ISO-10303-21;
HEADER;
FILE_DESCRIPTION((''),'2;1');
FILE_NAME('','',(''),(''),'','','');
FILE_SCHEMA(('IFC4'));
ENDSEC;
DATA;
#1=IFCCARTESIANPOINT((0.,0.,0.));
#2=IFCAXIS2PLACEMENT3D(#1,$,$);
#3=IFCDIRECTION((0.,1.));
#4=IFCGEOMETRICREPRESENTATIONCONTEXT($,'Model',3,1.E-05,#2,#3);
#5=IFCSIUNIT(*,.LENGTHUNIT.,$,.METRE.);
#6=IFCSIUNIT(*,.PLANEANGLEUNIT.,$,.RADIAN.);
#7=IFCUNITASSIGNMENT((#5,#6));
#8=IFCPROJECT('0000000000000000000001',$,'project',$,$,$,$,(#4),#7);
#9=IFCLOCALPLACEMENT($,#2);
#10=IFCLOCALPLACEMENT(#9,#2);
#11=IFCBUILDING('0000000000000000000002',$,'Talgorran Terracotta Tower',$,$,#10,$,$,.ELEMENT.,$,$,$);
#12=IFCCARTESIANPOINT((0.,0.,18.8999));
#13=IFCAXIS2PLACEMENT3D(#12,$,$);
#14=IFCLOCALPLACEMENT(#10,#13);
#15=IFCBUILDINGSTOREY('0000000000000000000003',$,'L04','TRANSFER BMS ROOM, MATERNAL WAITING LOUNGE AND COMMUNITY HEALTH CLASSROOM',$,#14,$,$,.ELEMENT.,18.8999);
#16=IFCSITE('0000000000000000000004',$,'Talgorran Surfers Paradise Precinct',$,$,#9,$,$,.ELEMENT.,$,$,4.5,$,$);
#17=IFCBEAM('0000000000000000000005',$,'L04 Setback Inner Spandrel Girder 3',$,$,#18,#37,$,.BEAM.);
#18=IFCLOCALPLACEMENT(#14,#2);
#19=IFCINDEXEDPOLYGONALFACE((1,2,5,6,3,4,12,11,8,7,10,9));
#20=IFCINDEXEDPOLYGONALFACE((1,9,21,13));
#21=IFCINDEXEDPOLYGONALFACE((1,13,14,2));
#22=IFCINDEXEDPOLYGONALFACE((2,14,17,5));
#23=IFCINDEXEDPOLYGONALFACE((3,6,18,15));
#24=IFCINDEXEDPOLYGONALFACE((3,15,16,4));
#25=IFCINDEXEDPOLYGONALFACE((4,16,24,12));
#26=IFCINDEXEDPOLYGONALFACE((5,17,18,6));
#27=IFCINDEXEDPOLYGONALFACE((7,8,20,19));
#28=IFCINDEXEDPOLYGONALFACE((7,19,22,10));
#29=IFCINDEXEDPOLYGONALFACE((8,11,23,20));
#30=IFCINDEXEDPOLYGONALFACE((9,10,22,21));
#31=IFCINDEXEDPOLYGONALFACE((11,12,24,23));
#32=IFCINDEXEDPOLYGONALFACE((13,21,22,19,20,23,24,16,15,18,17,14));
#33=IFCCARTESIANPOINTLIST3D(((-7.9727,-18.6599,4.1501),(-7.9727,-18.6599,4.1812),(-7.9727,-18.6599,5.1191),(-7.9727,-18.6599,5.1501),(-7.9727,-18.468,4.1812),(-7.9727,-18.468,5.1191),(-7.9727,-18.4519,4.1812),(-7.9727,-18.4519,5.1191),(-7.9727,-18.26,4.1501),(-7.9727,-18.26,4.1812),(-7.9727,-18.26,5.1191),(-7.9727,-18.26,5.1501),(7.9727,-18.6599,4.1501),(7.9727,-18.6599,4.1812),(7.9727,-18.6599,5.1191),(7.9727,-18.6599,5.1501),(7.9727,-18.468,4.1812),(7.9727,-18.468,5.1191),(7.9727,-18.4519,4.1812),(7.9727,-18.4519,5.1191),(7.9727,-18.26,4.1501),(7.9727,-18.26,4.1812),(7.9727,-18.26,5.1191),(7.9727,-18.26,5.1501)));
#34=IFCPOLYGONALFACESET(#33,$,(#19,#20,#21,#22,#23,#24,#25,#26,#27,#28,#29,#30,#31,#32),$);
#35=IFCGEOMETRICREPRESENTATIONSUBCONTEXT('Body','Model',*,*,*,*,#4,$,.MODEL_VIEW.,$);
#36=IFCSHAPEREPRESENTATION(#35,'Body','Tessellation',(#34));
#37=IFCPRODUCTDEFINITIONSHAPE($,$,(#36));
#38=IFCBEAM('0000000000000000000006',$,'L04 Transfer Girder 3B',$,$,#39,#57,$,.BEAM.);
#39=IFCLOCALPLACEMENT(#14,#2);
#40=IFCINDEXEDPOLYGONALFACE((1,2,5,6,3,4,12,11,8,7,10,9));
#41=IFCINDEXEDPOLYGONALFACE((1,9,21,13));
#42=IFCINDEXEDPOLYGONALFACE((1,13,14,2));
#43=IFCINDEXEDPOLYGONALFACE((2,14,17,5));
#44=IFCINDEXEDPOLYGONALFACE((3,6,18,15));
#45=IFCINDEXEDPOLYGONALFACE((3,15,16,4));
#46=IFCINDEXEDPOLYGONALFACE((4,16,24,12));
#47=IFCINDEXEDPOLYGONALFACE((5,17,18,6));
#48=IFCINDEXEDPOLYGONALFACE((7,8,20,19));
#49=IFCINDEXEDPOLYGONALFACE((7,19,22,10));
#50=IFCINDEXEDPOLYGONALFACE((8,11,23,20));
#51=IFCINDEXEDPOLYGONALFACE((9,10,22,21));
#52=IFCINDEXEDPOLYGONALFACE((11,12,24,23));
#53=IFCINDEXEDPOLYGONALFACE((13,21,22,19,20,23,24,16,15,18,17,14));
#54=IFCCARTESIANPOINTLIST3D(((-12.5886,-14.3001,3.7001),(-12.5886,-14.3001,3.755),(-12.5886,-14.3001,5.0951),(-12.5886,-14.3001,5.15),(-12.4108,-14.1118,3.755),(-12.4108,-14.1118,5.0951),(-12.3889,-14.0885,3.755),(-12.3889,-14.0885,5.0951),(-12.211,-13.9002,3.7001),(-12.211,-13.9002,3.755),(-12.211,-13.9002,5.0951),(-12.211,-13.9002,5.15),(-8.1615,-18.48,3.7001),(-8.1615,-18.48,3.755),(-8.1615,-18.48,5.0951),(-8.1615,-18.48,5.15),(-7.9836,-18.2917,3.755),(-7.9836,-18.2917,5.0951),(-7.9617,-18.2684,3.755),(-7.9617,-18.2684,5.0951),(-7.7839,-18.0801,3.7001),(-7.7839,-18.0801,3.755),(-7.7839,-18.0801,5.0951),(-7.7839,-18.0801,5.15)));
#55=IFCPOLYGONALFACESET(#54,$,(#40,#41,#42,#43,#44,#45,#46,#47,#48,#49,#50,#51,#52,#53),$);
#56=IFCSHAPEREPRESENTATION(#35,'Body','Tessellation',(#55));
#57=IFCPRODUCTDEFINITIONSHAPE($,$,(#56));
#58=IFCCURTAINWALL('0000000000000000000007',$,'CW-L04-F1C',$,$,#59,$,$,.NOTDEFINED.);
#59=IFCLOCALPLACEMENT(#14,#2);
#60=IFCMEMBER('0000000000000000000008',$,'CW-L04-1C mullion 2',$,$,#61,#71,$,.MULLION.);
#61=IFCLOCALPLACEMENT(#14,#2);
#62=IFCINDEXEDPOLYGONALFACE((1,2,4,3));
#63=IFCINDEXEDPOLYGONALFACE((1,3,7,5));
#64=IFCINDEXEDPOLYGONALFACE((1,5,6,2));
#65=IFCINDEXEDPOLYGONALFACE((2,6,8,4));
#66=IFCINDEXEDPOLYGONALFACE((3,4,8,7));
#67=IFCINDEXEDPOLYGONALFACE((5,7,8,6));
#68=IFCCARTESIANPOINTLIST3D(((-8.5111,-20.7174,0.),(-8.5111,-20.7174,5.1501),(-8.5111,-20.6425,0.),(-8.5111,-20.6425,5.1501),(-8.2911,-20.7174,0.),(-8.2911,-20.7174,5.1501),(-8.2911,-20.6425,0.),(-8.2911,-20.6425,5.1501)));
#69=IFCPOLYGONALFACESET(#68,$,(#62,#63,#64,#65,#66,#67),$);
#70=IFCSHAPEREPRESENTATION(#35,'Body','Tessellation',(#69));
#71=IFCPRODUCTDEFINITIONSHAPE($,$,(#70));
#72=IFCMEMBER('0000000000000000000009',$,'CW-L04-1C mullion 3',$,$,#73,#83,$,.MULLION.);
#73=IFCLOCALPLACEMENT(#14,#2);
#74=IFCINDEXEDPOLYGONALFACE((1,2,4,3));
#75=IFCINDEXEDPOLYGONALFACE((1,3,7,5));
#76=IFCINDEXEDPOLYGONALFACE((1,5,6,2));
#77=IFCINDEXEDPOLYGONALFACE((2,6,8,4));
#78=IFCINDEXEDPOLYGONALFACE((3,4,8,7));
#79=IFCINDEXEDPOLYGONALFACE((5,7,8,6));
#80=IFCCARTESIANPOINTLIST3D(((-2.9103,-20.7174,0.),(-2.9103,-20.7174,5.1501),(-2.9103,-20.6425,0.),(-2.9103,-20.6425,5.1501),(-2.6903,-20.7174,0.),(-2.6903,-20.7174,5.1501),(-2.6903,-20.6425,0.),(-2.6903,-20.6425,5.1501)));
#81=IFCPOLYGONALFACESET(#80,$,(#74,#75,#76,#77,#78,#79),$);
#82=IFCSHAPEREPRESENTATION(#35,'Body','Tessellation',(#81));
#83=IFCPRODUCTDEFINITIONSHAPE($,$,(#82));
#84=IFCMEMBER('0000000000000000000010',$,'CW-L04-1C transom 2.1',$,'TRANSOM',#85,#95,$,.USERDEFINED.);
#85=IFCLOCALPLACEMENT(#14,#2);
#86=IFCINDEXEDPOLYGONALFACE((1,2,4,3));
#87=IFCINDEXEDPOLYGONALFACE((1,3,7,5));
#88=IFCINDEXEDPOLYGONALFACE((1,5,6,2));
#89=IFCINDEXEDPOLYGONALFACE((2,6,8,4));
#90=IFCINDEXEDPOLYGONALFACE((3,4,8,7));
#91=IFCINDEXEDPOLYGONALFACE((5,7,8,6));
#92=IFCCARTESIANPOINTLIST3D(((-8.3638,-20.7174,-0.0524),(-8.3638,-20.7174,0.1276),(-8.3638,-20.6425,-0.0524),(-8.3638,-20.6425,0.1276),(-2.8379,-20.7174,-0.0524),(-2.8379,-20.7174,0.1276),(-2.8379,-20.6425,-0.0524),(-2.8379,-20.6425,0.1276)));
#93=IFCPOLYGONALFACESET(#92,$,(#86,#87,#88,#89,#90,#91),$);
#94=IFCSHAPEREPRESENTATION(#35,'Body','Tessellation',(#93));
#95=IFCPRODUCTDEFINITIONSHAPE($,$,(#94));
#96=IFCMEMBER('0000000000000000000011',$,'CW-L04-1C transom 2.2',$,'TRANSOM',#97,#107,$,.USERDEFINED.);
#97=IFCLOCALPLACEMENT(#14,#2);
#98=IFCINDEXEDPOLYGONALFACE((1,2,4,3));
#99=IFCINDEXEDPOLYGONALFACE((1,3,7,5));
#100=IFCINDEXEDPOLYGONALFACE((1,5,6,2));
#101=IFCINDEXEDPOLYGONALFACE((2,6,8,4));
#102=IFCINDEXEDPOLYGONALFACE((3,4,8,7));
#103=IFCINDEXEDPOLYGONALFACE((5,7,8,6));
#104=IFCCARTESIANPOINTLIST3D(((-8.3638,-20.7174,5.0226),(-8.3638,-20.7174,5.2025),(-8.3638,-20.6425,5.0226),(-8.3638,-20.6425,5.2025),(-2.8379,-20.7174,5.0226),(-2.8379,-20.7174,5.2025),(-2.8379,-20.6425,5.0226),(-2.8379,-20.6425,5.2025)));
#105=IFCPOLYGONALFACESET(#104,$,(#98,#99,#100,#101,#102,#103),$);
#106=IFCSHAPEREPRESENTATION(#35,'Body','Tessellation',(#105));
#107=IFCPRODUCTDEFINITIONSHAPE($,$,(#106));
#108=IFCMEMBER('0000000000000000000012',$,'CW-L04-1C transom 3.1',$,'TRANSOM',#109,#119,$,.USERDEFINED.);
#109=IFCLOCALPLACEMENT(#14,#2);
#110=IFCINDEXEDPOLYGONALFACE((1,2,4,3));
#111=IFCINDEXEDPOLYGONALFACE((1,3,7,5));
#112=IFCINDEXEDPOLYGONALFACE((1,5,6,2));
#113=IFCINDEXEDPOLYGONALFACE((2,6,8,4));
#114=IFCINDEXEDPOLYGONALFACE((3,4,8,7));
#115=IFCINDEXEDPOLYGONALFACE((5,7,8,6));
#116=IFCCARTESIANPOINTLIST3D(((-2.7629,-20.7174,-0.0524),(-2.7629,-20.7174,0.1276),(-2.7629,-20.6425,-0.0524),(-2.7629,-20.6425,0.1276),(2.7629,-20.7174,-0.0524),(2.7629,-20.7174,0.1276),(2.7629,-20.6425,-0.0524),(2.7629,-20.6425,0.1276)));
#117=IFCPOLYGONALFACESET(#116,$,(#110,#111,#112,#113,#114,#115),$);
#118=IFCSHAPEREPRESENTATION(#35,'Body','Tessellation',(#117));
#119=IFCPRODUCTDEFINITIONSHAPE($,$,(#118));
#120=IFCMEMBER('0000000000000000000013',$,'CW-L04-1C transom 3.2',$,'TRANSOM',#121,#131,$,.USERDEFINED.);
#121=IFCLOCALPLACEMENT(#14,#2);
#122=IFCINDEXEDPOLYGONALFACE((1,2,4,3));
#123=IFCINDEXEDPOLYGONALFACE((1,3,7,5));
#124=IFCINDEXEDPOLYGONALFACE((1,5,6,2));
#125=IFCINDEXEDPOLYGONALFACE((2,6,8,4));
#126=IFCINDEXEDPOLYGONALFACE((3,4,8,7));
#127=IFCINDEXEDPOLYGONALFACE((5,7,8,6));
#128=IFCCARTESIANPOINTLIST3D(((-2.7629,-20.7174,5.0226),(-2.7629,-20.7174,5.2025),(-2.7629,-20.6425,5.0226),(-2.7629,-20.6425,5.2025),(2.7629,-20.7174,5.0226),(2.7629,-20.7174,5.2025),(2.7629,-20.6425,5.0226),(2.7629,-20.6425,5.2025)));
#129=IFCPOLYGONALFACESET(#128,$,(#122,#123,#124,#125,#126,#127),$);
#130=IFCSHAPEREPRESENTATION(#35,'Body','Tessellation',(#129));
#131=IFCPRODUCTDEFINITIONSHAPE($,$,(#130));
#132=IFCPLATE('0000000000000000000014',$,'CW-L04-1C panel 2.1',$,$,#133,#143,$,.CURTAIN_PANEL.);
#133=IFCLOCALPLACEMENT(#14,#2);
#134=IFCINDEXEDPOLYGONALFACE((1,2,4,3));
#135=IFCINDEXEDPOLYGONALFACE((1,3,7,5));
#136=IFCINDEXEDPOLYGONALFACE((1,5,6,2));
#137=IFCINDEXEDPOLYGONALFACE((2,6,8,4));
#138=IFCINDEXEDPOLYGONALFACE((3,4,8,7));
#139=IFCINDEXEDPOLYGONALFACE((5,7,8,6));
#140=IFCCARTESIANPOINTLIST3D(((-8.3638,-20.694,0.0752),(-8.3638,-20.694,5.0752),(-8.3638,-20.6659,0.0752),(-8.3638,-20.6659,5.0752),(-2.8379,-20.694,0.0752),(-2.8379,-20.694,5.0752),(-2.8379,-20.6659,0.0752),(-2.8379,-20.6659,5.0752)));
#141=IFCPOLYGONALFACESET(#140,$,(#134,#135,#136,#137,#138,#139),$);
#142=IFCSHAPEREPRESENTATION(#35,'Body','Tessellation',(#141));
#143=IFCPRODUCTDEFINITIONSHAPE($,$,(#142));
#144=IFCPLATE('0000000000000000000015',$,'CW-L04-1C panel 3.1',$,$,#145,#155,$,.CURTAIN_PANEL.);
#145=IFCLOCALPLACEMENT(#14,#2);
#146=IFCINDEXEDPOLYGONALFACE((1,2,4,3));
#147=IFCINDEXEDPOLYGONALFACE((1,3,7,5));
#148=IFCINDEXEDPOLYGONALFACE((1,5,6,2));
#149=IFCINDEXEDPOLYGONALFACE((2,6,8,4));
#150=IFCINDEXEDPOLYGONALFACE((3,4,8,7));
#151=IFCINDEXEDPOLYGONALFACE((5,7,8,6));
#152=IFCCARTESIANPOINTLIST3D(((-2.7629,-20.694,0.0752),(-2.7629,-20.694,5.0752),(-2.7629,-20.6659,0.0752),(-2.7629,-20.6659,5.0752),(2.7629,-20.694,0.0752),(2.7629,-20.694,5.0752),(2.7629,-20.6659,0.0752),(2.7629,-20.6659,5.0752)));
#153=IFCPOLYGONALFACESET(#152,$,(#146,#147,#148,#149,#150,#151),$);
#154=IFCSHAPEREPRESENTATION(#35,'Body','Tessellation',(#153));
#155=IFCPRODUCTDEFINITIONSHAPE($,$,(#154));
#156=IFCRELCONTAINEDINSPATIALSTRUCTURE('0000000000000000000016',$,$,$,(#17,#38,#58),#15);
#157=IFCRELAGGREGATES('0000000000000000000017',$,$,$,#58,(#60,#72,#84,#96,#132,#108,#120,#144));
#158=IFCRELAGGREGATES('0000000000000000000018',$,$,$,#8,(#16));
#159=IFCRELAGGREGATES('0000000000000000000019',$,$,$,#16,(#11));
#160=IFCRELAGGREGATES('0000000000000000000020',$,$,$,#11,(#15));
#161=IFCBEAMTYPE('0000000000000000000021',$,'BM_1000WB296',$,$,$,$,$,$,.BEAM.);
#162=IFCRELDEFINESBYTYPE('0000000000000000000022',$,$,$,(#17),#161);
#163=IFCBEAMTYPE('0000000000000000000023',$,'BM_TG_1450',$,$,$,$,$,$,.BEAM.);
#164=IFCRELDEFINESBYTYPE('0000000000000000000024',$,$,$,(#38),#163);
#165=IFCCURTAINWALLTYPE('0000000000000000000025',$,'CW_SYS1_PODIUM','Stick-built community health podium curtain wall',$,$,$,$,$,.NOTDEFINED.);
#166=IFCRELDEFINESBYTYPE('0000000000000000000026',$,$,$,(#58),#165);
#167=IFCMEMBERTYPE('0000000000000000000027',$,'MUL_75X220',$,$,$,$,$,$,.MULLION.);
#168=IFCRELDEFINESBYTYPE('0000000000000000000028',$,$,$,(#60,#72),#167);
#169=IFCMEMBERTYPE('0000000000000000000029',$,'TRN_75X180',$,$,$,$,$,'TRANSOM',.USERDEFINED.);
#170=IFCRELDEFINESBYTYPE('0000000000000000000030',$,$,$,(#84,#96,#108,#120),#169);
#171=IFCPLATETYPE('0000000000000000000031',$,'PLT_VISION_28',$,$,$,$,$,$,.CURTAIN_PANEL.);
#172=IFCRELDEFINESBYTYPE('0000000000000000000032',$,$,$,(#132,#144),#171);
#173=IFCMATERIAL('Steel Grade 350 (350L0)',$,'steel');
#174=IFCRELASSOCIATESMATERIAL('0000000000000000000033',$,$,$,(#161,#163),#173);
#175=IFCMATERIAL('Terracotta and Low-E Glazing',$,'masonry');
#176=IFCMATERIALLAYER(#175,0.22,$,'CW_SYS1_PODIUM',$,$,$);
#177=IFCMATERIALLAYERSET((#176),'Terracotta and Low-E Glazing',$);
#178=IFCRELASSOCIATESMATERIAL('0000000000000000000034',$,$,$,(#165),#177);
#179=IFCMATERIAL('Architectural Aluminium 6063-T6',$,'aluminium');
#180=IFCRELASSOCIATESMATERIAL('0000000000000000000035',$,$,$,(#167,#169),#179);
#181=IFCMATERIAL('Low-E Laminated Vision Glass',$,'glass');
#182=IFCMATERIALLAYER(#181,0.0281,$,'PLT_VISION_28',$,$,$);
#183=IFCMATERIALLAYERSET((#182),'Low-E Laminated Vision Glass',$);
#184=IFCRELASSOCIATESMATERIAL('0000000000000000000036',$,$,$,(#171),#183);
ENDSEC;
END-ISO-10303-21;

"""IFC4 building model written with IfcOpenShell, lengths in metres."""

from ifc_helpers import new_model, si_unit, direction, frame, origin, origin_2d, place, context, subcontext, project, spatial, rectangle, i_section, extrude, source, transform, mapped, material, layer, layer_set, material_profile, profile_set, type_object, type_shapes, element, aggregate, save


model = new_model("IFC4")

# Units and contexts
model_context = context("Model", 3, precision=1e-05, world=origin(), true_north=direction((0.0, 1.0)))
body_context = subcontext(model_context, "Body", "Model", "MODEL_VIEW")
ifc_project = project(units=[si_unit("LENGTHUNIT", "METRE"), si_unit("PLANEANGLEUNIT", "RADIAN")], contexts=[model_context])

# Site, building, storey
site_placement = place(None, origin())
site = spatial("IfcSite", under=ifc_project, at=site_placement, Name="Talgorran Surfers Paradise Precinct", CompositionType="ELEMENT", RefElevation=4.5)
building_placement = place(site_placement, origin())
building = spatial("IfcBuilding", under=site, at=building_placement, Name="Talgorran Terracotta Tower", CompositionType="ELEMENT")
storey_placement = place(building_placement, frame((0.0, 0.0, 18.8999)))
storey = spatial("IfcBuildingStorey", under=building, at=storey_placement, Name="L04", Description="TRANSFER BMS ROOM, MATERNAL WAITING LOUNGE AND COMMUNITY HEALTH CLASSROOM", CompositionType="ELEMENT", Elevation=18.8999)

# Beams
ifc_material_1 = material(Name="Steel Grade 350 (350L0)", Category="steel")
ifc_material_profile_1 = material_profile(ifc_material_1, i_section(OverallWidth=0.3999, OverallDepth=1.0, WebThickness=0.0161, FlangeThickness=0.031, at=origin_2d()), Name="1000WB296")
ifc_profile_set_1 = profile_set([ifc_material_profile_1], Name="Steel Grade 350 (350L0)")
beam_type_1 = type_object("IfcBeamType", Name="BM_1000WB296", PredefinedType="BEAM", material=ifc_profile_set_1)
beam_1_placement = place(storey_placement, frame((-7.9727, -18.46, 4.6501), z_axis=(1.0, 0.0, 0.0), x_axis=(0.0, 1.0, 0.0)))
element("IfcBeam", 1, at=beam_1_placement, inside=storey, type_object=beam_type_1, Name="L04 Setback Inner Spandrel Girder 3", PredefinedType="BEAM", context=body_context, shape_type="SweptSolid", body=[
    extrude(i_section(OverallWidth=0.3999, OverallDepth=1.0, WebThickness=0.0161, FlangeThickness=0.031, at=origin_2d()), origin(), (0.0, 0.0, 1.0), 15.9453),
])
ifc_material_profile_2 = material_profile(ifc_material_1, i_section(OverallWidth=0.55, OverallDepth=1.45, WebThickness=0.032, FlangeThickness=0.0549, at=origin_2d()), Name="TG1450X550")
ifc_profile_set_2 = profile_set([ifc_material_profile_2], Name="Steel Grade 350 (350L0)")
beam_type_2 = type_object("IfcBeamType", Name="BM_TG_1450", PredefinedType="BEAM", material=ifc_profile_set_2)
beam_2_placement = place(storey_placement, frame((-7.9727, -18.28, 4.425), z_axis=(-0.727124, 0.686506, 0.0), x_axis=(-0.686506, -0.727124, 0.0)))
element("IfcBeam", 2, at=beam_2_placement, inside=storey, type_object=beam_type_2, Name="L04 Transfer Girder 3B", PredefinedType="BEAM", context=body_context, shape_type="SweptSolid", body=[
    extrude(i_section(OverallWidth=0.55, OverallDepth=1.45, WebThickness=0.032, FlangeThickness=0.0549, at=origin_2d()), origin(), (0.0, 0.0, 1.0), 6.0886),
])

# Curtain wall, members, plates
ifc_material_2 = material(Name="Terracotta and Low-E Glazing", Category="masonry")
ifc_layer_1 = layer(ifc_material_2, 0.22, Name="CW_SYS1_PODIUM")
ifc_layer_set_1 = layer_set([ifc_layer_1], Name="Terracotta and Low-E Glazing")
curtain_wall_type = type_object("IfcCurtainWallType", Name="CW_SYS1_PODIUM", Description="Stick-built community health podium curtain wall", PredefinedType="NOTDEFINED", material=ifc_layer_set_1)
curtain_wall_placement = place(storey_placement, origin())
curtain_wall = element("IfcCurtainWall", 3, at=curtain_wall_placement, inside=storey, type_object=curtain_wall_type, Name="CW-L04-F1C", PredefinedType="NOTDEFINED")
ifc_material_3 = material(Name="Architectural Aluminium 6063-T6", Category="aluminium")
ifc_material_profile_3 = material_profile(ifc_material_3, rectangle(XDim=0.075, YDim=0.22, at=origin_2d()), Name="CWM75X220")
ifc_profile_set_3 = profile_set([ifc_material_profile_3], Name="Architectural Aluminium 6063-T6")
member_type_1 = type_object("IfcMemberType", Name="MUL_75X220", PredefinedType="MULLION", material=ifc_profile_set_3)
member_1_placement = place(storey_placement, frame((-8.4011, -20.6799, 0.0), z_axis=(0.0, 0.0, 1.0), x_axis=(0.0, 1.0, 0.0)))
member_1 = element("IfcMember", 4, at=member_1_placement, type_object=member_type_1, Name="CW-L04-1C mullion 2", PredefinedType="MULLION", context=body_context, shape_type="SweptSolid", body=[
    extrude(rectangle(XDim=0.075, YDim=0.22, at=origin_2d()), origin(), (0.0, 0.0, 1.0), 5.1501),
])
member_2_placement = place(storey_placement, frame((-2.8003, -20.6799, 0.0), z_axis=(0.0, 0.0, 1.0), x_axis=(0.0, 1.0, 0.0)))
member_2 = element("IfcMember", 5, at=member_2_placement, type_object=member_type_1, Name="CW-L04-1C mullion 3", PredefinedType="MULLION", context=body_context, shape_type="SweptSolid", body=[
    extrude(rectangle(XDim=0.075, YDim=0.22, at=origin_2d()), origin(), (0.0, 0.0, 1.0), 5.1501),
])
ifc_material_profile_4 = material_profile(ifc_material_3, rectangle(XDim=0.075, YDim=0.1799, at=origin_2d()), Name="CWT75X180")
ifc_profile_set_4 = profile_set([ifc_material_profile_4], Name="Architectural Aluminium 6063-T6")
member_type_2 = type_object("IfcMemberType", Name="TRN_75X180", ElementType="TRANSOM", PredefinedType="USERDEFINED", material=ifc_profile_set_4)
member_3_placement = place(storey_placement, frame((-8.3638, -20.6799, 0.0376), z_axis=(1.0, 0.0, 0.0), x_axis=(0.0, 1.0, 0.0)))
member_3 = element("IfcMember", 6, at=member_3_placement, type_object=member_type_2, Name="CW-L04-1C transom 2.1", ObjectType="TRANSOM", PredefinedType="USERDEFINED", context=body_context, shape_type="SweptSolid", body=[
    extrude(rectangle(XDim=0.075, YDim=0.1799, at=origin_2d()), origin(), (0.0, 0.0, 1.0), 5.5259),
])
member_4_placement = place(storey_placement, frame((-8.3638, -20.6799, 5.1125), z_axis=(1.0, 0.0, 0.0), x_axis=(0.0, 1.0, 0.0)))
member_4 = element("IfcMember", 7, at=member_4_placement, type_object=member_type_2, Name="CW-L04-1C transom 2.2", ObjectType="TRANSOM", PredefinedType="USERDEFINED", context=body_context, shape_type="SweptSolid", body=[
    extrude(rectangle(XDim=0.075, YDim=0.1799, at=origin_2d()), origin(), (0.0, 0.0, 1.0), 5.5259),
])
member_5_placement = place(storey_placement, frame((-2.7629, -20.6799, 0.0376), z_axis=(1.0, 0.0, 0.0), x_axis=(0.0, 1.0, 0.0)))
member_5 = element("IfcMember", 8, at=member_5_placement, type_object=member_type_2, Name="CW-L04-1C transom 3.1", ObjectType="TRANSOM", PredefinedType="USERDEFINED", context=body_context, shape_type="SweptSolid", body=[
    extrude(rectangle(XDim=0.075, YDim=0.1799, at=origin_2d()), origin(), (0.0, 0.0, 1.0), 5.5259),
])
member_6_placement = place(storey_placement, frame((-2.7629, -20.6799, 5.1125), z_axis=(1.0, 0.0, 0.0), x_axis=(0.0, 1.0, 0.0)))
member_6 = element("IfcMember", 9, at=member_6_placement, type_object=member_type_2, Name="CW-L04-1C transom 3.2", ObjectType="TRANSOM", PredefinedType="USERDEFINED", context=body_context, shape_type="SweptSolid", body=[
    extrude(rectangle(XDim=0.075, YDim=0.1799, at=origin_2d()), origin(), (0.0, 0.0, 1.0), 5.5259),
])
ifc_material_4 = material(Name="Low-E Laminated Vision Glass", Category="glass")
ifc_layer_2 = layer(ifc_material_4, 0.0281, Name="PLT_VISION_28")
ifc_layer_set_2 = layer_set([ifc_layer_2], Name="Low-E Laminated Vision Glass")
plate_type = type_object("IfcPlateType", Name="PLT_VISION_28", PredefinedType="CURTAIN_PANEL", material=ifc_layer_set_2)
shared_shape = source(origin(), body_context, "Body", "SweptSolid", [
    extrude(rectangle(XDim=5.5259, YDim=0.0281, at=origin_2d()), origin(), (0.0, 0.0, 1.0), 5.0),
])
type_shapes(plate_type, [shared_shape])
plate_1_placement = place(storey_placement, frame((-5.6008, -20.6799, 0.0752), z_axis=(0.0, 0.0, 1.0), x_axis=(1.0, 0.0, 0.0)))
plate_1 = element("IfcPlate", 10, at=plate_1_placement, type_object=plate_type, Name="CW-L04-1C panel 2.1", PredefinedType="CURTAIN_PANEL", context=body_context, shape_type="MappedRepresentation", body=[
    mapped(shared_shape, transform((0.0, 0.0, 0.0), scale=1.0)),
])
plate_2_placement = place(storey_placement, frame((0.0, -20.6799, 0.0752), z_axis=(0.0, 0.0, 1.0), x_axis=(1.0, 0.0, 0.0)))
plate_2 = element("IfcPlate", 11, at=plate_2_placement, type_object=plate_type, Name="CW-L04-1C panel 3.1", PredefinedType="CURTAIN_PANEL", context=body_context, shape_type="MappedRepresentation", body=[
    mapped(shared_shape, transform((0.0, 0.0, 0.0), scale=1.0)),
])
aggregate(curtain_wall, [member_1, member_2, member_3, member_4, plate_1, member_5, member_6, plate_2])

save(model, "model.ifc")
